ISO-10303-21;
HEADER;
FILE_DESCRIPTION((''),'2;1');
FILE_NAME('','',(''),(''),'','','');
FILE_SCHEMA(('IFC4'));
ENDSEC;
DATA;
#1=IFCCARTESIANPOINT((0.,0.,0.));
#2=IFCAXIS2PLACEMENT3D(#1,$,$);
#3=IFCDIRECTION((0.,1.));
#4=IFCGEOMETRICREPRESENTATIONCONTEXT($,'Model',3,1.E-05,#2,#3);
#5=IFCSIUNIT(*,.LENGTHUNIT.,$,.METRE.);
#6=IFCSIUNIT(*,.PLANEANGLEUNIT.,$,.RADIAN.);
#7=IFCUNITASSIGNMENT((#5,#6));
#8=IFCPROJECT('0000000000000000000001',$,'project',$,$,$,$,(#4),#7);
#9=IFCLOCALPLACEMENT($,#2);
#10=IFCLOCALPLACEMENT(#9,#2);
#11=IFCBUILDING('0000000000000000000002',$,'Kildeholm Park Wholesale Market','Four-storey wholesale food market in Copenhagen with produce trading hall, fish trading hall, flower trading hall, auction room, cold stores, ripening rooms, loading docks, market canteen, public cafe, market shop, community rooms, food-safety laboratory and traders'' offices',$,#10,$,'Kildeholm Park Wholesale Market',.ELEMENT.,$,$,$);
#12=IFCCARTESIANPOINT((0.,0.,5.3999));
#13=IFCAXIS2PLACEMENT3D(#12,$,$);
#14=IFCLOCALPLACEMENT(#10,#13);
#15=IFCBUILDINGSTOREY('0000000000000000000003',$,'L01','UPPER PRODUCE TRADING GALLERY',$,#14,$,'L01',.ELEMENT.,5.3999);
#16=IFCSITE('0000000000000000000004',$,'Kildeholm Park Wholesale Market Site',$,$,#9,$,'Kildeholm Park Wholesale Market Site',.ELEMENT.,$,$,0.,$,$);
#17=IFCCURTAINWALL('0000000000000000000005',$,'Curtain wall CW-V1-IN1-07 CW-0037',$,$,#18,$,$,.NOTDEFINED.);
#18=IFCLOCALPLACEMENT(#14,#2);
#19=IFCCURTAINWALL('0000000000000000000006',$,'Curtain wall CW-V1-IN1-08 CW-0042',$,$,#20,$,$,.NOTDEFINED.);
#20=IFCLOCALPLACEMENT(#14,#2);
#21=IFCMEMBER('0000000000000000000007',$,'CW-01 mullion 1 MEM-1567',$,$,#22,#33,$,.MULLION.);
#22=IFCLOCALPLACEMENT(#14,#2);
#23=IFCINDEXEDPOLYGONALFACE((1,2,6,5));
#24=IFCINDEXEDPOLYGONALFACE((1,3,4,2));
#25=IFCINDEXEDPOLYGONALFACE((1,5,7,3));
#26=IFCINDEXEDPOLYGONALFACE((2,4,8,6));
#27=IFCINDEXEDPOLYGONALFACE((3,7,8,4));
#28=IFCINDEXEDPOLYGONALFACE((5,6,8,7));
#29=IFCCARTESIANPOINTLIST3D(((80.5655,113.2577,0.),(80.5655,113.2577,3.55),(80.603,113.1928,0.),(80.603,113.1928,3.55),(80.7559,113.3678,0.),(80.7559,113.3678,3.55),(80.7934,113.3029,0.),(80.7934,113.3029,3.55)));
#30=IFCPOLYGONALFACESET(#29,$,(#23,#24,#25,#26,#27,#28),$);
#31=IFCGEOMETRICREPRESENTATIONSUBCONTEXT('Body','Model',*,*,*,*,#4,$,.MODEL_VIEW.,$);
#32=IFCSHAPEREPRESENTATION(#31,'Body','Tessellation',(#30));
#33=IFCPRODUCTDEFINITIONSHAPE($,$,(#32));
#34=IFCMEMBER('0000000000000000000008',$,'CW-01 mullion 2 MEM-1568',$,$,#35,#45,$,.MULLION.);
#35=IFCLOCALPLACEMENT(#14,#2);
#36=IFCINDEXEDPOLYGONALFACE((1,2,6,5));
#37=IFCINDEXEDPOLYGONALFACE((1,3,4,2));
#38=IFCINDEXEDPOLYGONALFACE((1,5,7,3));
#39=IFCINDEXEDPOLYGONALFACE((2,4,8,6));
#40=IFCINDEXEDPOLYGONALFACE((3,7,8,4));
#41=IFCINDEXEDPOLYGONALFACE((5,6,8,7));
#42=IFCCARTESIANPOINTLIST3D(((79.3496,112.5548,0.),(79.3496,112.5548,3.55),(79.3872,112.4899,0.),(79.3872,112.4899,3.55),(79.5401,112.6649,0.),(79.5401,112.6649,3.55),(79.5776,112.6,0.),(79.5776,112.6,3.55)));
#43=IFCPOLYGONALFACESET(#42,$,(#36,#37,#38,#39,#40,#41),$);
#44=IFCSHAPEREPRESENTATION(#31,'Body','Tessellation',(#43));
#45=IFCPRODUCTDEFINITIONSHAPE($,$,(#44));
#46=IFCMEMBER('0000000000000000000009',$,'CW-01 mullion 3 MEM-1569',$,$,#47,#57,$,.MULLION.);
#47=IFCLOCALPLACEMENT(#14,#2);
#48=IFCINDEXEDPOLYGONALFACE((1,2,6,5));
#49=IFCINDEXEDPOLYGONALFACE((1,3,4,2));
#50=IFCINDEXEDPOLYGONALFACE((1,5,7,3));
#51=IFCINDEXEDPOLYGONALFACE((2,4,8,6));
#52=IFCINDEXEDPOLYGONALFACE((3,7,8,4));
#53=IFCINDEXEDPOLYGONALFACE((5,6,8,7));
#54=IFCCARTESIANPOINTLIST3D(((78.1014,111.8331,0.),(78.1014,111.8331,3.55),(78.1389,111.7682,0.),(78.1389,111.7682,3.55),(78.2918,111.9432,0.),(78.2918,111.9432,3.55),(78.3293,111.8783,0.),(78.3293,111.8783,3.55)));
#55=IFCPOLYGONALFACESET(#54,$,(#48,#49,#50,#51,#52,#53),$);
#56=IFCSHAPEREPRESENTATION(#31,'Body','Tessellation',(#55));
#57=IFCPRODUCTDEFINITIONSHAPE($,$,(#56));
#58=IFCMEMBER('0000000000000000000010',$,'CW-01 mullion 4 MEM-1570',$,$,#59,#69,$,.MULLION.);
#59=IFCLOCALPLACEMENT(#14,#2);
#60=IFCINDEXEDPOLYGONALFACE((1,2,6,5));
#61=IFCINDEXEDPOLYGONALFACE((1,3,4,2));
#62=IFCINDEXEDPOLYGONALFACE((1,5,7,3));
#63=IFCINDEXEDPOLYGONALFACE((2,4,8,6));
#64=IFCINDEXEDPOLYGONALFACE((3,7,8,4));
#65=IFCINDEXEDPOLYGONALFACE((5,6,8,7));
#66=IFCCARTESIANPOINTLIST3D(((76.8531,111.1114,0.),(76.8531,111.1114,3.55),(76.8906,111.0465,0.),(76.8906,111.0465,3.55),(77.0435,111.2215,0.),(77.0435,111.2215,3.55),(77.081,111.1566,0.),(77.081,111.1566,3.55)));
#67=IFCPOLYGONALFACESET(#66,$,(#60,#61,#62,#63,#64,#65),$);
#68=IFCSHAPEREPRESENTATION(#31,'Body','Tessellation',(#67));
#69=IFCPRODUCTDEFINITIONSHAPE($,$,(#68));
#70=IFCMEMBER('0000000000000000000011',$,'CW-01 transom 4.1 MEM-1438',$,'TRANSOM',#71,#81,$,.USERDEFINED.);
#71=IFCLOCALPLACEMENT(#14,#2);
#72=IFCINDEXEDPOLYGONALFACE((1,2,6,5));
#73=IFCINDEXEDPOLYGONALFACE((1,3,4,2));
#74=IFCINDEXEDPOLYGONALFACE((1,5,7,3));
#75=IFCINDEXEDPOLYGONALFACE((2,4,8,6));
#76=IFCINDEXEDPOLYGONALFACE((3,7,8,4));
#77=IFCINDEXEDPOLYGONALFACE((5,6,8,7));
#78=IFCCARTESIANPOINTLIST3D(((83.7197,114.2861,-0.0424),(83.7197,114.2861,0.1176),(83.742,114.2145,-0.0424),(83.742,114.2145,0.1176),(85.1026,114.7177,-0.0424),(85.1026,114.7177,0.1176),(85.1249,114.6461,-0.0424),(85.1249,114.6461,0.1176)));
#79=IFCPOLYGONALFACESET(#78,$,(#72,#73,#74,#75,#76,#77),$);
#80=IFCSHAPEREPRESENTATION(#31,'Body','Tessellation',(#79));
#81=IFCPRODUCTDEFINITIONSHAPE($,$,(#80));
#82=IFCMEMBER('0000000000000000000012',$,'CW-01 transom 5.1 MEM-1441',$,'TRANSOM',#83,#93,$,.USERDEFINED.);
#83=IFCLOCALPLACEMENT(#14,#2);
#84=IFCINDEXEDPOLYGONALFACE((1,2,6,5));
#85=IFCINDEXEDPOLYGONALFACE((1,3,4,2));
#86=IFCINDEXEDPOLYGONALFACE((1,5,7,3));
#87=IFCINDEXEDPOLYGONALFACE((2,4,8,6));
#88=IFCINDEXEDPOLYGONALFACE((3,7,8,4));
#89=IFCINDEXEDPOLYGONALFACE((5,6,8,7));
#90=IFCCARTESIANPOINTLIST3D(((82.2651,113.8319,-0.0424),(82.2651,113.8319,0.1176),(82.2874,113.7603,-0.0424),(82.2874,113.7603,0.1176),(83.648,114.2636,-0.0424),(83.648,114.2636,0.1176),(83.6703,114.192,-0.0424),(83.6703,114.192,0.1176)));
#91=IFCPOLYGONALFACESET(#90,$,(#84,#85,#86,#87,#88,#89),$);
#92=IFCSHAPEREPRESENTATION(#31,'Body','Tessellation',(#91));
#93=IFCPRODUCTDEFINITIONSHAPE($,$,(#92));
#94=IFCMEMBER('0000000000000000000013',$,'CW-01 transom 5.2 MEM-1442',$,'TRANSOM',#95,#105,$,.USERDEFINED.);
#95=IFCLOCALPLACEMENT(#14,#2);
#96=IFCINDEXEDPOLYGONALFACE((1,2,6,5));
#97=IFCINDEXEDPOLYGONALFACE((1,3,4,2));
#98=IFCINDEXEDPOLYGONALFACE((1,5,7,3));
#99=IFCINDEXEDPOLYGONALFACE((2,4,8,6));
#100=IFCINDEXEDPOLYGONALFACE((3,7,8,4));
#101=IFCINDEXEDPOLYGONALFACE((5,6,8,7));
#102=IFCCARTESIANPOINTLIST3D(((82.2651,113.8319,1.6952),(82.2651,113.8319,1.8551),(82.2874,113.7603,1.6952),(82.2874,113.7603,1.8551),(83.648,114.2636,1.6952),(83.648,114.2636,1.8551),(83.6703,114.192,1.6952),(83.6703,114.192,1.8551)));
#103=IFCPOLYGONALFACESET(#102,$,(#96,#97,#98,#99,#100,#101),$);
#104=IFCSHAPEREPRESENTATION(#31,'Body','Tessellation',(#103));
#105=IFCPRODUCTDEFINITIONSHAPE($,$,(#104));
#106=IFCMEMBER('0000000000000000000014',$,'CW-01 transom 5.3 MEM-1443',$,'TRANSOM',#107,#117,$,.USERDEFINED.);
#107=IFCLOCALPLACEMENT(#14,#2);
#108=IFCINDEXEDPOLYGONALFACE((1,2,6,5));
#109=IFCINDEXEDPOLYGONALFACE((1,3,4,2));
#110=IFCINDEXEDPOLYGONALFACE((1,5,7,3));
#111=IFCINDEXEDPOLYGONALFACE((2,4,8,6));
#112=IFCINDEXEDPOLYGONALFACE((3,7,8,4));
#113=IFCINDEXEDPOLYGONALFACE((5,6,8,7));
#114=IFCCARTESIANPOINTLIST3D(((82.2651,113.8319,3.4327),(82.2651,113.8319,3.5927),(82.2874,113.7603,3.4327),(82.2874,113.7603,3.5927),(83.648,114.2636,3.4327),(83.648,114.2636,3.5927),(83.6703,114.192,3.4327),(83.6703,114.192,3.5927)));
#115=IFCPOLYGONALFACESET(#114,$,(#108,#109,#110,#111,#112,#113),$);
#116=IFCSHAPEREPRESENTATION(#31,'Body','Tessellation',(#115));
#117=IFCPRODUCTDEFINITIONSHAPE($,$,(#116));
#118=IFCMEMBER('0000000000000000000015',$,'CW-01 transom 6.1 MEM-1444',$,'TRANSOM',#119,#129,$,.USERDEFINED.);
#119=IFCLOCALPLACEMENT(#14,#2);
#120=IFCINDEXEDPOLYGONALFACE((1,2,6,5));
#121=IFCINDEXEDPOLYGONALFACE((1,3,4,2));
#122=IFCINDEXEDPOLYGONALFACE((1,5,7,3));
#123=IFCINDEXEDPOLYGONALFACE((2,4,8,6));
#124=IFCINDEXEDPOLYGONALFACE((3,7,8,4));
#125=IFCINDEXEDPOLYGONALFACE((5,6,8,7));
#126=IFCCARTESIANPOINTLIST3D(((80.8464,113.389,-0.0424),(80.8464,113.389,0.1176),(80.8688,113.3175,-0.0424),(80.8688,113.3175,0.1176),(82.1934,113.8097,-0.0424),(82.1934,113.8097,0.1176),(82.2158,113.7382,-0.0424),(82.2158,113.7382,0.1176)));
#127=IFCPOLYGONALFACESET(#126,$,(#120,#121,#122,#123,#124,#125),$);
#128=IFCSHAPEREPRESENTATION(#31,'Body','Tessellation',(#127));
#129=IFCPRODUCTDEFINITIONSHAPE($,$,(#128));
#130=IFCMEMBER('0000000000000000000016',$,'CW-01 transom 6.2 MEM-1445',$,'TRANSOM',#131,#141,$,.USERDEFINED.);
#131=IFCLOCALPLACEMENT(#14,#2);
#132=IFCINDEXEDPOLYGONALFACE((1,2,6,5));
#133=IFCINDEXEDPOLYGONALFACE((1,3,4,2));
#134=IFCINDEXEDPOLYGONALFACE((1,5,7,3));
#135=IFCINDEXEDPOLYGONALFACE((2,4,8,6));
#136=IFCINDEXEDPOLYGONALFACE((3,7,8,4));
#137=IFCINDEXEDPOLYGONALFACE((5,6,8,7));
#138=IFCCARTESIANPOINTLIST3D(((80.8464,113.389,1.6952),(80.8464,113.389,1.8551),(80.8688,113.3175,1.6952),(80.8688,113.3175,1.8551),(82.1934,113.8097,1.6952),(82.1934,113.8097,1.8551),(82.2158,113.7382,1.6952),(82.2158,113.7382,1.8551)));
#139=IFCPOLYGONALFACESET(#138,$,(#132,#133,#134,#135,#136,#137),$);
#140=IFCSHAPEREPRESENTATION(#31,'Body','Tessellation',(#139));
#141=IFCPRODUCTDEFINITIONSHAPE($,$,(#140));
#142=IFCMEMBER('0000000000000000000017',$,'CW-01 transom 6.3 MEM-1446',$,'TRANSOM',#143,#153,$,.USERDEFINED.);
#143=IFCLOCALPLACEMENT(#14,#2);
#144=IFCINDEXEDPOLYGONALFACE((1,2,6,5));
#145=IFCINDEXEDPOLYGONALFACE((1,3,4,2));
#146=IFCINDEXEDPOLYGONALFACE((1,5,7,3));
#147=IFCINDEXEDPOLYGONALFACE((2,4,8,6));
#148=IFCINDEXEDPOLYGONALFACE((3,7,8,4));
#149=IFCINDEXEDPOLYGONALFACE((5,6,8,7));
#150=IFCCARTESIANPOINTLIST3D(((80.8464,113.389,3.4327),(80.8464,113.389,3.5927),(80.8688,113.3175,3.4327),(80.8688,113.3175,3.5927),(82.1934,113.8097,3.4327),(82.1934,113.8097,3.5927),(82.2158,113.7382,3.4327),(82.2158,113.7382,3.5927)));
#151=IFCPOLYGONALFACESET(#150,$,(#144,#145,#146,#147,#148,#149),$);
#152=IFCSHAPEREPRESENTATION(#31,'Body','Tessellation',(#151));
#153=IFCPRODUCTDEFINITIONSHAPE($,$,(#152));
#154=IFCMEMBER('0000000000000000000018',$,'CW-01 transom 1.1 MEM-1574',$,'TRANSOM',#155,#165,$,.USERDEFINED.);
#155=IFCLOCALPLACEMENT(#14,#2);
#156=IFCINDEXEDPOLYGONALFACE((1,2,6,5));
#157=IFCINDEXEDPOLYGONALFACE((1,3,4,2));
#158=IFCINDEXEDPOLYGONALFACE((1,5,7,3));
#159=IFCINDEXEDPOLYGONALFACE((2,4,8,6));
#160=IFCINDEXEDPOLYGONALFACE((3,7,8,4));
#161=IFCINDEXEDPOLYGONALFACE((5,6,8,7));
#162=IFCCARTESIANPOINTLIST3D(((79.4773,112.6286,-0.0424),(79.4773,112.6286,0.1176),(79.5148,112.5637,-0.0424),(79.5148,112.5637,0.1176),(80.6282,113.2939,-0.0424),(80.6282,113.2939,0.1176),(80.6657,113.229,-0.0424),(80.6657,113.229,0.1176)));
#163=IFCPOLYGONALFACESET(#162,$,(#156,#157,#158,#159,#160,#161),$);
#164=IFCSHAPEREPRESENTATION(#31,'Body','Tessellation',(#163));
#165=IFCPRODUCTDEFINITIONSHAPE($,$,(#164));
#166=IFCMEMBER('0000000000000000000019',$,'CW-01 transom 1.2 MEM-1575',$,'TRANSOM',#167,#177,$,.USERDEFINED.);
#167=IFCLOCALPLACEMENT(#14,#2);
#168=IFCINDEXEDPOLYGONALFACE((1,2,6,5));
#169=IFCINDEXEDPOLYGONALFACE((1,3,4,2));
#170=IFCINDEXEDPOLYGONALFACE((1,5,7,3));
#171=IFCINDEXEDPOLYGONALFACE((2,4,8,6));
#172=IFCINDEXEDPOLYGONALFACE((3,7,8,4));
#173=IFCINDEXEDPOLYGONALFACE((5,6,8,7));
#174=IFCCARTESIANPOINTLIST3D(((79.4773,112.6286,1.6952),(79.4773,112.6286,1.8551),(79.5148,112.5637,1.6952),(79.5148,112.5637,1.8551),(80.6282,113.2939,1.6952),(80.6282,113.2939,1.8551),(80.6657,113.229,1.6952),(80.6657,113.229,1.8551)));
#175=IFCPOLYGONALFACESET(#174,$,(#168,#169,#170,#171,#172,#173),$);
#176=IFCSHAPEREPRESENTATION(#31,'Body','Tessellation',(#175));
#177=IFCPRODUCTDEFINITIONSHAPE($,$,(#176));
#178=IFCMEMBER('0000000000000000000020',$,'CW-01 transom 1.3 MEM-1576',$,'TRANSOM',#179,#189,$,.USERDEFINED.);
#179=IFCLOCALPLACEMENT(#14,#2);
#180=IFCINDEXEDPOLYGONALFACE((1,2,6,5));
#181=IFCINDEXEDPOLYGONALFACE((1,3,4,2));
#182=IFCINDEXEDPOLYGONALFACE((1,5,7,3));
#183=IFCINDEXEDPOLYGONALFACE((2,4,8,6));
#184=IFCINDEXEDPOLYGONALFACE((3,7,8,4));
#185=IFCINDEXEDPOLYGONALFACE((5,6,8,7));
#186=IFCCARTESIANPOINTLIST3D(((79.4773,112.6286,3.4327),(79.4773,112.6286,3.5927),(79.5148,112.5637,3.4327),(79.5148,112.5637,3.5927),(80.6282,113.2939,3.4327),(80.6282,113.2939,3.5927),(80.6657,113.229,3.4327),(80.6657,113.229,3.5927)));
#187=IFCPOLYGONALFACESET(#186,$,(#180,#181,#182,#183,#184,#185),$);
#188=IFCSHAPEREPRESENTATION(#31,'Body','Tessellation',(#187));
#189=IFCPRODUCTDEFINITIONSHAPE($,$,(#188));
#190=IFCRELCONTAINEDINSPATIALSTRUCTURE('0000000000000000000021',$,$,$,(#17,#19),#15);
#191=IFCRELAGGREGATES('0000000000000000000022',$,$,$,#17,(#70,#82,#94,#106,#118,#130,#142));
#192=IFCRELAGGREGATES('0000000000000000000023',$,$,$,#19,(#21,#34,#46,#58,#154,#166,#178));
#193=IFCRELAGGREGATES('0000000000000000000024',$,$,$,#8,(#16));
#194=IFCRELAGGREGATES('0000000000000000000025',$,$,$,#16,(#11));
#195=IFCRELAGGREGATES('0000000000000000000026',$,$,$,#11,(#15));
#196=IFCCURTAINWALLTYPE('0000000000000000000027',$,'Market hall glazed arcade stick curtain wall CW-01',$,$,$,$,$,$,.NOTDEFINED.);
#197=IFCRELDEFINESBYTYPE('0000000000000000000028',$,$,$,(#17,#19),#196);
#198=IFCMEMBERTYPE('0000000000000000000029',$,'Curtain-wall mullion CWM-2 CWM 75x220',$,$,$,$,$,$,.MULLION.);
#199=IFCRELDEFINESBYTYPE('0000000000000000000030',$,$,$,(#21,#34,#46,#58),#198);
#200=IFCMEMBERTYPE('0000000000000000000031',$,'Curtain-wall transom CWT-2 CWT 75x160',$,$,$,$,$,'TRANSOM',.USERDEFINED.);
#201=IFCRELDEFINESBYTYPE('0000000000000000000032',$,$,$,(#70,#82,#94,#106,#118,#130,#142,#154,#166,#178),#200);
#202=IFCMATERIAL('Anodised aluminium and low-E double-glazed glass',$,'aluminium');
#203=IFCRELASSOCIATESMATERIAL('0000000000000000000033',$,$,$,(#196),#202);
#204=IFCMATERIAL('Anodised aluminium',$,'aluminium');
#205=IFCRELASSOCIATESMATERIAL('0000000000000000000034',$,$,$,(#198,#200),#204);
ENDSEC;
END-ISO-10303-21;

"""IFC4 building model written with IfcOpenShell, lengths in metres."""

from ifc_helpers import new_model, si_unit, direction, frame, origin, origin_2d, place, context, subcontext, project, spatial, rectangle, extrude, material, material_profile, profile_set, type_object, element, aggregate, save


model = new_model("IFC4")

# Units and contexts
model_context = context("Model", 3, precision=1e-05, world=origin(), true_north=direction((0.0, 1.0)))
body_context = subcontext(model_context, "Body", "Model", "MODEL_VIEW")
ifc_project = project(units=[si_unit("LENGTHUNIT", "METRE"), si_unit("PLANEANGLEUNIT", "RADIAN")], contexts=[model_context])

# Site, building, storey
site_placement = place(None, origin())
site = spatial("IfcSite", under=ifc_project, at=site_placement, Name="Kildeholm Park Wholesale Market Site", LongName="Kildeholm Park Wholesale Market Site", CompositionType="ELEMENT", RefElevation=0.0)
building_placement = place(site_placement, origin())
building = spatial("IfcBuilding", under=site, at=building_placement, Name="Kildeholm Park Wholesale Market", Description="Four-storey wholesale food market in Copenhagen with produce trading hall, fish trading hall, flower trading hall, auction room, cold stores, ripening rooms, loading docks, market canteen, public cafe, market shop, community rooms, food-safety laboratory and traders' offices", LongName="Kildeholm Park Wholesale Market", CompositionType="ELEMENT")
storey_placement = place(building_placement, frame((0.0, 0.0, 5.3999)))
storey = spatial("IfcBuildingStorey", under=building, at=storey_placement, Name="L01", Description="UPPER PRODUCE TRADING GALLERY", LongName="L01", CompositionType="ELEMENT", Elevation=5.3999)

# Curtain walls, members
ifc_material_1 = material(Name="Anodised aluminium and low-E double-glazed glass", Category="aluminium")
curtain_wall_type = type_object("IfcCurtainWallType", Name="Market hall glazed arcade stick curtain wall CW-01", PredefinedType="NOTDEFINED", material=ifc_material_1)
curtain_wall_1_placement = place(storey_placement, origin())
curtain_wall_1 = element("IfcCurtainWall", 1, at=curtain_wall_1_placement, inside=storey, type_object=curtain_wall_type, Name="Curtain wall CW-V1-IN1-07 CW-0037", PredefinedType="NOTDEFINED")
ifc_material_2 = material(Name="Anodised aluminium", Category="aluminium")
ifc_material_profile_1 = material_profile(ifc_material_2, rectangle(XDim=0.075, YDim=0.22, at=origin_2d()), Name="CWM 75x220")
ifc_profile_set_1 = profile_set([ifc_material_profile_1], Name="Anodised aluminium")
member_type_1 = type_object("IfcMemberType", Name="Curtain-wall mullion CWM-2 CWM 75x220", PredefinedType="MULLION", material=ifc_profile_set_1)
curtain_wall_2_placement = place(storey_placement, origin())
curtain_wall_2 = element("IfcCurtainWall", 2, at=curtain_wall_2_placement, inside=storey, type_object=curtain_wall_type, Name="Curtain wall CW-V1-IN1-08 CW-0042", PredefinedType="NOTDEFINED")
member_1_placement = place(storey_placement, frame((80.6794, 113.2803, 0.0), z_axis=(0.0, 0.0, 1.0), x_axis=(0.500489, -0.865743, 0.0)))
member_1 = element("IfcMember", 3, at=member_1_placement, type_object=member_type_1, Name="CW-01 mullion 1 MEM-1567", PredefinedType="MULLION", context=body_context, shape_type="SweptSolid", body=[
    extrude(rectangle(XDim=0.075, YDim=0.22, at=origin_2d()), origin(), (0.0, 0.0, 1.0), 3.55),
])
member_2_placement = place(storey_placement, frame((79.4636, 112.5774, 0.0), z_axis=(0.0, 0.0, 1.0), x_axis=(0.500489, -0.865743, 0.0)))
member_2 = element("IfcMember", 4, at=member_2_placement, type_object=member_type_1, Name="CW-01 mullion 2 MEM-1568", PredefinedType="MULLION", context=body_context, shape_type="SweptSolid", body=[
    extrude(rectangle(XDim=0.075, YDim=0.22, at=origin_2d()), origin(), (0.0, 0.0, 1.0), 3.55),
])
member_3_placement = place(storey_placement, frame((78.2153, 111.8557, 0.0), z_axis=(0.0, 0.0, 1.0), x_axis=(0.500489, -0.865743, 0.0)))
member_3 = element("IfcMember", 5, at=member_3_placement, type_object=member_type_1, Name="CW-01 mullion 3 MEM-1569", PredefinedType="MULLION", context=body_context, shape_type="SweptSolid", body=[
    extrude(rectangle(XDim=0.075, YDim=0.22, at=origin_2d()), origin(), (0.0, 0.0, 1.0), 3.55),
])
member_4_placement = place(storey_placement, frame((76.967, 111.134, 0.0), z_axis=(0.0, 0.0, 1.0), x_axis=(0.500489, -0.865743, 0.0)))
member_4 = element("IfcMember", 6, at=member_4_placement, type_object=member_type_1, Name="CW-01 mullion 4 MEM-1570", PredefinedType="MULLION", context=body_context, shape_type="SweptSolid", body=[
    extrude(rectangle(XDim=0.075, YDim=0.22, at=origin_2d()), origin(), (0.0, 0.0, 1.0), 3.55),
])

# Members
ifc_material_profile_2 = material_profile(ifc_material_2, rectangle(XDim=0.075, YDim=0.1599, at=origin_2d()), Name="CWT 75x160")
ifc_profile_set_2 = profile_set([ifc_material_profile_2], Name="Anodised aluminium")
member_type_2 = type_object("IfcMemberType", Name="Curtain-wall transom CWT-2 CWT 75x160", ElementType="TRANSOM", PredefinedType="USERDEFINED", material=ifc_profile_set_2)
member_5_placement = place(storey_placement, frame((85.1138, 114.6819, 0.0376), z_axis=(-0.954591, -0.29792, 0.0), x_axis=(0.29792, -0.954591, 0.0)))
member_5 = element("IfcMember", 7, at=member_5_placement, type_object=member_type_2, Name="CW-01 transom 4.1 MEM-1438", ObjectType="TRANSOM", PredefinedType="USERDEFINED", context=body_context, shape_type="SweptSolid", body=[
    extrude(rectangle(XDim=0.075, YDim=0.1599, at=origin_2d()), origin(), (0.0, 0.0, 1.0), 1.4487),
])
member_6_placement = place(storey_placement, frame((83.6592, 114.2278, 0.0376), z_axis=(-0.954576, -0.297968, 0.0), x_axis=(0.297968, -0.954576, 0.0)))
member_6 = element("IfcMember", 8, at=member_6_placement, type_object=member_type_2, Name="CW-01 transom 5.1 MEM-1441", ObjectType="TRANSOM", PredefinedType="USERDEFINED", context=body_context, shape_type="SweptSolid", body=[
    extrude(rectangle(XDim=0.075, YDim=0.1599, at=origin_2d()), origin(), (0.0, 0.0, 1.0), 1.4487),
])
member_7_placement = place(storey_placement, frame((83.6592, 114.2278, 1.7751), z_axis=(-0.954576, -0.297968, 0.0), x_axis=(0.297968, -0.954576, 0.0)))
member_7 = element("IfcMember", 9, at=member_7_placement, type_object=member_type_2, Name="CW-01 transom 5.2 MEM-1442", ObjectType="TRANSOM", PredefinedType="USERDEFINED", context=body_context, shape_type="SweptSolid", body=[
    extrude(rectangle(XDim=0.075, YDim=0.1599, at=origin_2d()), origin(), (0.0, 0.0, 1.0), 1.4487),
])
member_8_placement = place(storey_placement, frame((83.6592, 114.2278, 3.5127), z_axis=(-0.954576, -0.297968, 0.0), x_axis=(0.297968, -0.954576, 0.0)))
member_8 = element("IfcMember", 10, at=member_8_placement, type_object=member_type_2, Name="CW-01 transom 5.3 MEM-1443", ObjectType="TRANSOM", PredefinedType="USERDEFINED", context=body_context, shape_type="SweptSolid", body=[
    extrude(rectangle(XDim=0.075, YDim=0.1599, at=origin_2d()), origin(), (0.0, 0.0, 1.0), 1.4487),
])
member_9_placement = place(storey_placement, frame((82.2046, 113.7739, 0.0376), z_axis=(-0.954532, -0.298108, 0.0), x_axis=(0.298108, -0.954532, 0.0)))
member_9 = element("IfcMember", 11, at=member_9_placement, type_object=member_type_2, Name="CW-01 transom 6.1 MEM-1444", ObjectType="TRANSOM", PredefinedType="USERDEFINED", context=body_context, shape_type="SweptSolid", body=[
    extrude(rectangle(XDim=0.075, YDim=0.1599, at=origin_2d()), origin(), (0.0, 0.0, 1.0), 1.4111),
])
member_10_placement = place(storey_placement, frame((82.2046, 113.7739, 1.7751), z_axis=(-0.954532, -0.298108, 0.0), x_axis=(0.298108, -0.954532, 0.0)))
member_10 = element("IfcMember", 12, at=member_10_placement, type_object=member_type_2, Name="CW-01 transom 6.2 MEM-1445", ObjectType="TRANSOM", PredefinedType="USERDEFINED", context=body_context, shape_type="SweptSolid", body=[
    extrude(rectangle(XDim=0.075, YDim=0.1599, at=origin_2d()), origin(), (0.0, 0.0, 1.0), 1.4111),
])
member_11_placement = place(storey_placement, frame((82.2046, 113.7739, 3.5127), z_axis=(-0.954532, -0.298108, 0.0), x_axis=(0.298108, -0.954532, 0.0)))
member_11 = element("IfcMember", 13, at=member_11_placement, type_object=member_type_2, Name="CW-01 transom 6.3 MEM-1446", ObjectType="TRANSOM", PredefinedType="USERDEFINED", context=body_context, shape_type="SweptSolid", body=[
    extrude(rectangle(XDim=0.075, YDim=0.1599, at=origin_2d()), origin(), (0.0, 0.0, 1.0), 1.4111),
])
member_12_placement = place(storey_placement, frame((80.647, 113.2615, 0.0376), z_axis=(-0.865757, -0.500464, 0.0), x_axis=(0.500464, -0.865757, 0.0)))
member_12 = element("IfcMember", 14, at=member_12_placement, type_object=member_type_2, Name="CW-01 transom 1.1 MEM-1574", ObjectType="TRANSOM", PredefinedType="USERDEFINED", context=body_context, shape_type="SweptSolid", body=[
    extrude(rectangle(XDim=0.075, YDim=0.1599, at=origin_2d()), origin(), (0.0, 0.0, 1.0), 1.3293),
])
member_13_placement = place(storey_placement, frame((80.647, 113.2615, 1.7751), z_axis=(-0.865757, -0.500464, 0.0), x_axis=(0.500464, -0.865757, 0.0)))
member_13 = element("IfcMember", 15, at=member_13_placement, type_object=member_type_2, Name="CW-01 transom 1.2 MEM-1575", ObjectType="TRANSOM", PredefinedType="USERDEFINED", context=body_context, shape_type="SweptSolid", body=[
    extrude(rectangle(XDim=0.075, YDim=0.1599, at=origin_2d()), origin(), (0.0, 0.0, 1.0), 1.3293),
])
member_14_placement = place(storey_placement, frame((80.647, 113.2615, 3.5127), z_axis=(-0.865757, -0.500464, 0.0), x_axis=(0.500464, -0.865757, 0.0)))
member_14 = element("IfcMember", 16, at=member_14_placement, type_object=member_type_2, Name="CW-01 transom 1.3 MEM-1576", ObjectType="TRANSOM", PredefinedType="USERDEFINED", context=body_context, shape_type="SweptSolid", body=[
    extrude(rectangle(XDim=0.075, YDim=0.1599, at=origin_2d()), origin(), (0.0, 0.0, 1.0), 1.3293),
])

aggregate(curtain_wall_1, [member_5, member_6, member_7, member_8, member_9, member_10, member_11])
aggregate(curtain_wall_2, [member_1, member_2, member_3, member_4, member_12, member_13, member_14])

save(model, "model.ifc")
